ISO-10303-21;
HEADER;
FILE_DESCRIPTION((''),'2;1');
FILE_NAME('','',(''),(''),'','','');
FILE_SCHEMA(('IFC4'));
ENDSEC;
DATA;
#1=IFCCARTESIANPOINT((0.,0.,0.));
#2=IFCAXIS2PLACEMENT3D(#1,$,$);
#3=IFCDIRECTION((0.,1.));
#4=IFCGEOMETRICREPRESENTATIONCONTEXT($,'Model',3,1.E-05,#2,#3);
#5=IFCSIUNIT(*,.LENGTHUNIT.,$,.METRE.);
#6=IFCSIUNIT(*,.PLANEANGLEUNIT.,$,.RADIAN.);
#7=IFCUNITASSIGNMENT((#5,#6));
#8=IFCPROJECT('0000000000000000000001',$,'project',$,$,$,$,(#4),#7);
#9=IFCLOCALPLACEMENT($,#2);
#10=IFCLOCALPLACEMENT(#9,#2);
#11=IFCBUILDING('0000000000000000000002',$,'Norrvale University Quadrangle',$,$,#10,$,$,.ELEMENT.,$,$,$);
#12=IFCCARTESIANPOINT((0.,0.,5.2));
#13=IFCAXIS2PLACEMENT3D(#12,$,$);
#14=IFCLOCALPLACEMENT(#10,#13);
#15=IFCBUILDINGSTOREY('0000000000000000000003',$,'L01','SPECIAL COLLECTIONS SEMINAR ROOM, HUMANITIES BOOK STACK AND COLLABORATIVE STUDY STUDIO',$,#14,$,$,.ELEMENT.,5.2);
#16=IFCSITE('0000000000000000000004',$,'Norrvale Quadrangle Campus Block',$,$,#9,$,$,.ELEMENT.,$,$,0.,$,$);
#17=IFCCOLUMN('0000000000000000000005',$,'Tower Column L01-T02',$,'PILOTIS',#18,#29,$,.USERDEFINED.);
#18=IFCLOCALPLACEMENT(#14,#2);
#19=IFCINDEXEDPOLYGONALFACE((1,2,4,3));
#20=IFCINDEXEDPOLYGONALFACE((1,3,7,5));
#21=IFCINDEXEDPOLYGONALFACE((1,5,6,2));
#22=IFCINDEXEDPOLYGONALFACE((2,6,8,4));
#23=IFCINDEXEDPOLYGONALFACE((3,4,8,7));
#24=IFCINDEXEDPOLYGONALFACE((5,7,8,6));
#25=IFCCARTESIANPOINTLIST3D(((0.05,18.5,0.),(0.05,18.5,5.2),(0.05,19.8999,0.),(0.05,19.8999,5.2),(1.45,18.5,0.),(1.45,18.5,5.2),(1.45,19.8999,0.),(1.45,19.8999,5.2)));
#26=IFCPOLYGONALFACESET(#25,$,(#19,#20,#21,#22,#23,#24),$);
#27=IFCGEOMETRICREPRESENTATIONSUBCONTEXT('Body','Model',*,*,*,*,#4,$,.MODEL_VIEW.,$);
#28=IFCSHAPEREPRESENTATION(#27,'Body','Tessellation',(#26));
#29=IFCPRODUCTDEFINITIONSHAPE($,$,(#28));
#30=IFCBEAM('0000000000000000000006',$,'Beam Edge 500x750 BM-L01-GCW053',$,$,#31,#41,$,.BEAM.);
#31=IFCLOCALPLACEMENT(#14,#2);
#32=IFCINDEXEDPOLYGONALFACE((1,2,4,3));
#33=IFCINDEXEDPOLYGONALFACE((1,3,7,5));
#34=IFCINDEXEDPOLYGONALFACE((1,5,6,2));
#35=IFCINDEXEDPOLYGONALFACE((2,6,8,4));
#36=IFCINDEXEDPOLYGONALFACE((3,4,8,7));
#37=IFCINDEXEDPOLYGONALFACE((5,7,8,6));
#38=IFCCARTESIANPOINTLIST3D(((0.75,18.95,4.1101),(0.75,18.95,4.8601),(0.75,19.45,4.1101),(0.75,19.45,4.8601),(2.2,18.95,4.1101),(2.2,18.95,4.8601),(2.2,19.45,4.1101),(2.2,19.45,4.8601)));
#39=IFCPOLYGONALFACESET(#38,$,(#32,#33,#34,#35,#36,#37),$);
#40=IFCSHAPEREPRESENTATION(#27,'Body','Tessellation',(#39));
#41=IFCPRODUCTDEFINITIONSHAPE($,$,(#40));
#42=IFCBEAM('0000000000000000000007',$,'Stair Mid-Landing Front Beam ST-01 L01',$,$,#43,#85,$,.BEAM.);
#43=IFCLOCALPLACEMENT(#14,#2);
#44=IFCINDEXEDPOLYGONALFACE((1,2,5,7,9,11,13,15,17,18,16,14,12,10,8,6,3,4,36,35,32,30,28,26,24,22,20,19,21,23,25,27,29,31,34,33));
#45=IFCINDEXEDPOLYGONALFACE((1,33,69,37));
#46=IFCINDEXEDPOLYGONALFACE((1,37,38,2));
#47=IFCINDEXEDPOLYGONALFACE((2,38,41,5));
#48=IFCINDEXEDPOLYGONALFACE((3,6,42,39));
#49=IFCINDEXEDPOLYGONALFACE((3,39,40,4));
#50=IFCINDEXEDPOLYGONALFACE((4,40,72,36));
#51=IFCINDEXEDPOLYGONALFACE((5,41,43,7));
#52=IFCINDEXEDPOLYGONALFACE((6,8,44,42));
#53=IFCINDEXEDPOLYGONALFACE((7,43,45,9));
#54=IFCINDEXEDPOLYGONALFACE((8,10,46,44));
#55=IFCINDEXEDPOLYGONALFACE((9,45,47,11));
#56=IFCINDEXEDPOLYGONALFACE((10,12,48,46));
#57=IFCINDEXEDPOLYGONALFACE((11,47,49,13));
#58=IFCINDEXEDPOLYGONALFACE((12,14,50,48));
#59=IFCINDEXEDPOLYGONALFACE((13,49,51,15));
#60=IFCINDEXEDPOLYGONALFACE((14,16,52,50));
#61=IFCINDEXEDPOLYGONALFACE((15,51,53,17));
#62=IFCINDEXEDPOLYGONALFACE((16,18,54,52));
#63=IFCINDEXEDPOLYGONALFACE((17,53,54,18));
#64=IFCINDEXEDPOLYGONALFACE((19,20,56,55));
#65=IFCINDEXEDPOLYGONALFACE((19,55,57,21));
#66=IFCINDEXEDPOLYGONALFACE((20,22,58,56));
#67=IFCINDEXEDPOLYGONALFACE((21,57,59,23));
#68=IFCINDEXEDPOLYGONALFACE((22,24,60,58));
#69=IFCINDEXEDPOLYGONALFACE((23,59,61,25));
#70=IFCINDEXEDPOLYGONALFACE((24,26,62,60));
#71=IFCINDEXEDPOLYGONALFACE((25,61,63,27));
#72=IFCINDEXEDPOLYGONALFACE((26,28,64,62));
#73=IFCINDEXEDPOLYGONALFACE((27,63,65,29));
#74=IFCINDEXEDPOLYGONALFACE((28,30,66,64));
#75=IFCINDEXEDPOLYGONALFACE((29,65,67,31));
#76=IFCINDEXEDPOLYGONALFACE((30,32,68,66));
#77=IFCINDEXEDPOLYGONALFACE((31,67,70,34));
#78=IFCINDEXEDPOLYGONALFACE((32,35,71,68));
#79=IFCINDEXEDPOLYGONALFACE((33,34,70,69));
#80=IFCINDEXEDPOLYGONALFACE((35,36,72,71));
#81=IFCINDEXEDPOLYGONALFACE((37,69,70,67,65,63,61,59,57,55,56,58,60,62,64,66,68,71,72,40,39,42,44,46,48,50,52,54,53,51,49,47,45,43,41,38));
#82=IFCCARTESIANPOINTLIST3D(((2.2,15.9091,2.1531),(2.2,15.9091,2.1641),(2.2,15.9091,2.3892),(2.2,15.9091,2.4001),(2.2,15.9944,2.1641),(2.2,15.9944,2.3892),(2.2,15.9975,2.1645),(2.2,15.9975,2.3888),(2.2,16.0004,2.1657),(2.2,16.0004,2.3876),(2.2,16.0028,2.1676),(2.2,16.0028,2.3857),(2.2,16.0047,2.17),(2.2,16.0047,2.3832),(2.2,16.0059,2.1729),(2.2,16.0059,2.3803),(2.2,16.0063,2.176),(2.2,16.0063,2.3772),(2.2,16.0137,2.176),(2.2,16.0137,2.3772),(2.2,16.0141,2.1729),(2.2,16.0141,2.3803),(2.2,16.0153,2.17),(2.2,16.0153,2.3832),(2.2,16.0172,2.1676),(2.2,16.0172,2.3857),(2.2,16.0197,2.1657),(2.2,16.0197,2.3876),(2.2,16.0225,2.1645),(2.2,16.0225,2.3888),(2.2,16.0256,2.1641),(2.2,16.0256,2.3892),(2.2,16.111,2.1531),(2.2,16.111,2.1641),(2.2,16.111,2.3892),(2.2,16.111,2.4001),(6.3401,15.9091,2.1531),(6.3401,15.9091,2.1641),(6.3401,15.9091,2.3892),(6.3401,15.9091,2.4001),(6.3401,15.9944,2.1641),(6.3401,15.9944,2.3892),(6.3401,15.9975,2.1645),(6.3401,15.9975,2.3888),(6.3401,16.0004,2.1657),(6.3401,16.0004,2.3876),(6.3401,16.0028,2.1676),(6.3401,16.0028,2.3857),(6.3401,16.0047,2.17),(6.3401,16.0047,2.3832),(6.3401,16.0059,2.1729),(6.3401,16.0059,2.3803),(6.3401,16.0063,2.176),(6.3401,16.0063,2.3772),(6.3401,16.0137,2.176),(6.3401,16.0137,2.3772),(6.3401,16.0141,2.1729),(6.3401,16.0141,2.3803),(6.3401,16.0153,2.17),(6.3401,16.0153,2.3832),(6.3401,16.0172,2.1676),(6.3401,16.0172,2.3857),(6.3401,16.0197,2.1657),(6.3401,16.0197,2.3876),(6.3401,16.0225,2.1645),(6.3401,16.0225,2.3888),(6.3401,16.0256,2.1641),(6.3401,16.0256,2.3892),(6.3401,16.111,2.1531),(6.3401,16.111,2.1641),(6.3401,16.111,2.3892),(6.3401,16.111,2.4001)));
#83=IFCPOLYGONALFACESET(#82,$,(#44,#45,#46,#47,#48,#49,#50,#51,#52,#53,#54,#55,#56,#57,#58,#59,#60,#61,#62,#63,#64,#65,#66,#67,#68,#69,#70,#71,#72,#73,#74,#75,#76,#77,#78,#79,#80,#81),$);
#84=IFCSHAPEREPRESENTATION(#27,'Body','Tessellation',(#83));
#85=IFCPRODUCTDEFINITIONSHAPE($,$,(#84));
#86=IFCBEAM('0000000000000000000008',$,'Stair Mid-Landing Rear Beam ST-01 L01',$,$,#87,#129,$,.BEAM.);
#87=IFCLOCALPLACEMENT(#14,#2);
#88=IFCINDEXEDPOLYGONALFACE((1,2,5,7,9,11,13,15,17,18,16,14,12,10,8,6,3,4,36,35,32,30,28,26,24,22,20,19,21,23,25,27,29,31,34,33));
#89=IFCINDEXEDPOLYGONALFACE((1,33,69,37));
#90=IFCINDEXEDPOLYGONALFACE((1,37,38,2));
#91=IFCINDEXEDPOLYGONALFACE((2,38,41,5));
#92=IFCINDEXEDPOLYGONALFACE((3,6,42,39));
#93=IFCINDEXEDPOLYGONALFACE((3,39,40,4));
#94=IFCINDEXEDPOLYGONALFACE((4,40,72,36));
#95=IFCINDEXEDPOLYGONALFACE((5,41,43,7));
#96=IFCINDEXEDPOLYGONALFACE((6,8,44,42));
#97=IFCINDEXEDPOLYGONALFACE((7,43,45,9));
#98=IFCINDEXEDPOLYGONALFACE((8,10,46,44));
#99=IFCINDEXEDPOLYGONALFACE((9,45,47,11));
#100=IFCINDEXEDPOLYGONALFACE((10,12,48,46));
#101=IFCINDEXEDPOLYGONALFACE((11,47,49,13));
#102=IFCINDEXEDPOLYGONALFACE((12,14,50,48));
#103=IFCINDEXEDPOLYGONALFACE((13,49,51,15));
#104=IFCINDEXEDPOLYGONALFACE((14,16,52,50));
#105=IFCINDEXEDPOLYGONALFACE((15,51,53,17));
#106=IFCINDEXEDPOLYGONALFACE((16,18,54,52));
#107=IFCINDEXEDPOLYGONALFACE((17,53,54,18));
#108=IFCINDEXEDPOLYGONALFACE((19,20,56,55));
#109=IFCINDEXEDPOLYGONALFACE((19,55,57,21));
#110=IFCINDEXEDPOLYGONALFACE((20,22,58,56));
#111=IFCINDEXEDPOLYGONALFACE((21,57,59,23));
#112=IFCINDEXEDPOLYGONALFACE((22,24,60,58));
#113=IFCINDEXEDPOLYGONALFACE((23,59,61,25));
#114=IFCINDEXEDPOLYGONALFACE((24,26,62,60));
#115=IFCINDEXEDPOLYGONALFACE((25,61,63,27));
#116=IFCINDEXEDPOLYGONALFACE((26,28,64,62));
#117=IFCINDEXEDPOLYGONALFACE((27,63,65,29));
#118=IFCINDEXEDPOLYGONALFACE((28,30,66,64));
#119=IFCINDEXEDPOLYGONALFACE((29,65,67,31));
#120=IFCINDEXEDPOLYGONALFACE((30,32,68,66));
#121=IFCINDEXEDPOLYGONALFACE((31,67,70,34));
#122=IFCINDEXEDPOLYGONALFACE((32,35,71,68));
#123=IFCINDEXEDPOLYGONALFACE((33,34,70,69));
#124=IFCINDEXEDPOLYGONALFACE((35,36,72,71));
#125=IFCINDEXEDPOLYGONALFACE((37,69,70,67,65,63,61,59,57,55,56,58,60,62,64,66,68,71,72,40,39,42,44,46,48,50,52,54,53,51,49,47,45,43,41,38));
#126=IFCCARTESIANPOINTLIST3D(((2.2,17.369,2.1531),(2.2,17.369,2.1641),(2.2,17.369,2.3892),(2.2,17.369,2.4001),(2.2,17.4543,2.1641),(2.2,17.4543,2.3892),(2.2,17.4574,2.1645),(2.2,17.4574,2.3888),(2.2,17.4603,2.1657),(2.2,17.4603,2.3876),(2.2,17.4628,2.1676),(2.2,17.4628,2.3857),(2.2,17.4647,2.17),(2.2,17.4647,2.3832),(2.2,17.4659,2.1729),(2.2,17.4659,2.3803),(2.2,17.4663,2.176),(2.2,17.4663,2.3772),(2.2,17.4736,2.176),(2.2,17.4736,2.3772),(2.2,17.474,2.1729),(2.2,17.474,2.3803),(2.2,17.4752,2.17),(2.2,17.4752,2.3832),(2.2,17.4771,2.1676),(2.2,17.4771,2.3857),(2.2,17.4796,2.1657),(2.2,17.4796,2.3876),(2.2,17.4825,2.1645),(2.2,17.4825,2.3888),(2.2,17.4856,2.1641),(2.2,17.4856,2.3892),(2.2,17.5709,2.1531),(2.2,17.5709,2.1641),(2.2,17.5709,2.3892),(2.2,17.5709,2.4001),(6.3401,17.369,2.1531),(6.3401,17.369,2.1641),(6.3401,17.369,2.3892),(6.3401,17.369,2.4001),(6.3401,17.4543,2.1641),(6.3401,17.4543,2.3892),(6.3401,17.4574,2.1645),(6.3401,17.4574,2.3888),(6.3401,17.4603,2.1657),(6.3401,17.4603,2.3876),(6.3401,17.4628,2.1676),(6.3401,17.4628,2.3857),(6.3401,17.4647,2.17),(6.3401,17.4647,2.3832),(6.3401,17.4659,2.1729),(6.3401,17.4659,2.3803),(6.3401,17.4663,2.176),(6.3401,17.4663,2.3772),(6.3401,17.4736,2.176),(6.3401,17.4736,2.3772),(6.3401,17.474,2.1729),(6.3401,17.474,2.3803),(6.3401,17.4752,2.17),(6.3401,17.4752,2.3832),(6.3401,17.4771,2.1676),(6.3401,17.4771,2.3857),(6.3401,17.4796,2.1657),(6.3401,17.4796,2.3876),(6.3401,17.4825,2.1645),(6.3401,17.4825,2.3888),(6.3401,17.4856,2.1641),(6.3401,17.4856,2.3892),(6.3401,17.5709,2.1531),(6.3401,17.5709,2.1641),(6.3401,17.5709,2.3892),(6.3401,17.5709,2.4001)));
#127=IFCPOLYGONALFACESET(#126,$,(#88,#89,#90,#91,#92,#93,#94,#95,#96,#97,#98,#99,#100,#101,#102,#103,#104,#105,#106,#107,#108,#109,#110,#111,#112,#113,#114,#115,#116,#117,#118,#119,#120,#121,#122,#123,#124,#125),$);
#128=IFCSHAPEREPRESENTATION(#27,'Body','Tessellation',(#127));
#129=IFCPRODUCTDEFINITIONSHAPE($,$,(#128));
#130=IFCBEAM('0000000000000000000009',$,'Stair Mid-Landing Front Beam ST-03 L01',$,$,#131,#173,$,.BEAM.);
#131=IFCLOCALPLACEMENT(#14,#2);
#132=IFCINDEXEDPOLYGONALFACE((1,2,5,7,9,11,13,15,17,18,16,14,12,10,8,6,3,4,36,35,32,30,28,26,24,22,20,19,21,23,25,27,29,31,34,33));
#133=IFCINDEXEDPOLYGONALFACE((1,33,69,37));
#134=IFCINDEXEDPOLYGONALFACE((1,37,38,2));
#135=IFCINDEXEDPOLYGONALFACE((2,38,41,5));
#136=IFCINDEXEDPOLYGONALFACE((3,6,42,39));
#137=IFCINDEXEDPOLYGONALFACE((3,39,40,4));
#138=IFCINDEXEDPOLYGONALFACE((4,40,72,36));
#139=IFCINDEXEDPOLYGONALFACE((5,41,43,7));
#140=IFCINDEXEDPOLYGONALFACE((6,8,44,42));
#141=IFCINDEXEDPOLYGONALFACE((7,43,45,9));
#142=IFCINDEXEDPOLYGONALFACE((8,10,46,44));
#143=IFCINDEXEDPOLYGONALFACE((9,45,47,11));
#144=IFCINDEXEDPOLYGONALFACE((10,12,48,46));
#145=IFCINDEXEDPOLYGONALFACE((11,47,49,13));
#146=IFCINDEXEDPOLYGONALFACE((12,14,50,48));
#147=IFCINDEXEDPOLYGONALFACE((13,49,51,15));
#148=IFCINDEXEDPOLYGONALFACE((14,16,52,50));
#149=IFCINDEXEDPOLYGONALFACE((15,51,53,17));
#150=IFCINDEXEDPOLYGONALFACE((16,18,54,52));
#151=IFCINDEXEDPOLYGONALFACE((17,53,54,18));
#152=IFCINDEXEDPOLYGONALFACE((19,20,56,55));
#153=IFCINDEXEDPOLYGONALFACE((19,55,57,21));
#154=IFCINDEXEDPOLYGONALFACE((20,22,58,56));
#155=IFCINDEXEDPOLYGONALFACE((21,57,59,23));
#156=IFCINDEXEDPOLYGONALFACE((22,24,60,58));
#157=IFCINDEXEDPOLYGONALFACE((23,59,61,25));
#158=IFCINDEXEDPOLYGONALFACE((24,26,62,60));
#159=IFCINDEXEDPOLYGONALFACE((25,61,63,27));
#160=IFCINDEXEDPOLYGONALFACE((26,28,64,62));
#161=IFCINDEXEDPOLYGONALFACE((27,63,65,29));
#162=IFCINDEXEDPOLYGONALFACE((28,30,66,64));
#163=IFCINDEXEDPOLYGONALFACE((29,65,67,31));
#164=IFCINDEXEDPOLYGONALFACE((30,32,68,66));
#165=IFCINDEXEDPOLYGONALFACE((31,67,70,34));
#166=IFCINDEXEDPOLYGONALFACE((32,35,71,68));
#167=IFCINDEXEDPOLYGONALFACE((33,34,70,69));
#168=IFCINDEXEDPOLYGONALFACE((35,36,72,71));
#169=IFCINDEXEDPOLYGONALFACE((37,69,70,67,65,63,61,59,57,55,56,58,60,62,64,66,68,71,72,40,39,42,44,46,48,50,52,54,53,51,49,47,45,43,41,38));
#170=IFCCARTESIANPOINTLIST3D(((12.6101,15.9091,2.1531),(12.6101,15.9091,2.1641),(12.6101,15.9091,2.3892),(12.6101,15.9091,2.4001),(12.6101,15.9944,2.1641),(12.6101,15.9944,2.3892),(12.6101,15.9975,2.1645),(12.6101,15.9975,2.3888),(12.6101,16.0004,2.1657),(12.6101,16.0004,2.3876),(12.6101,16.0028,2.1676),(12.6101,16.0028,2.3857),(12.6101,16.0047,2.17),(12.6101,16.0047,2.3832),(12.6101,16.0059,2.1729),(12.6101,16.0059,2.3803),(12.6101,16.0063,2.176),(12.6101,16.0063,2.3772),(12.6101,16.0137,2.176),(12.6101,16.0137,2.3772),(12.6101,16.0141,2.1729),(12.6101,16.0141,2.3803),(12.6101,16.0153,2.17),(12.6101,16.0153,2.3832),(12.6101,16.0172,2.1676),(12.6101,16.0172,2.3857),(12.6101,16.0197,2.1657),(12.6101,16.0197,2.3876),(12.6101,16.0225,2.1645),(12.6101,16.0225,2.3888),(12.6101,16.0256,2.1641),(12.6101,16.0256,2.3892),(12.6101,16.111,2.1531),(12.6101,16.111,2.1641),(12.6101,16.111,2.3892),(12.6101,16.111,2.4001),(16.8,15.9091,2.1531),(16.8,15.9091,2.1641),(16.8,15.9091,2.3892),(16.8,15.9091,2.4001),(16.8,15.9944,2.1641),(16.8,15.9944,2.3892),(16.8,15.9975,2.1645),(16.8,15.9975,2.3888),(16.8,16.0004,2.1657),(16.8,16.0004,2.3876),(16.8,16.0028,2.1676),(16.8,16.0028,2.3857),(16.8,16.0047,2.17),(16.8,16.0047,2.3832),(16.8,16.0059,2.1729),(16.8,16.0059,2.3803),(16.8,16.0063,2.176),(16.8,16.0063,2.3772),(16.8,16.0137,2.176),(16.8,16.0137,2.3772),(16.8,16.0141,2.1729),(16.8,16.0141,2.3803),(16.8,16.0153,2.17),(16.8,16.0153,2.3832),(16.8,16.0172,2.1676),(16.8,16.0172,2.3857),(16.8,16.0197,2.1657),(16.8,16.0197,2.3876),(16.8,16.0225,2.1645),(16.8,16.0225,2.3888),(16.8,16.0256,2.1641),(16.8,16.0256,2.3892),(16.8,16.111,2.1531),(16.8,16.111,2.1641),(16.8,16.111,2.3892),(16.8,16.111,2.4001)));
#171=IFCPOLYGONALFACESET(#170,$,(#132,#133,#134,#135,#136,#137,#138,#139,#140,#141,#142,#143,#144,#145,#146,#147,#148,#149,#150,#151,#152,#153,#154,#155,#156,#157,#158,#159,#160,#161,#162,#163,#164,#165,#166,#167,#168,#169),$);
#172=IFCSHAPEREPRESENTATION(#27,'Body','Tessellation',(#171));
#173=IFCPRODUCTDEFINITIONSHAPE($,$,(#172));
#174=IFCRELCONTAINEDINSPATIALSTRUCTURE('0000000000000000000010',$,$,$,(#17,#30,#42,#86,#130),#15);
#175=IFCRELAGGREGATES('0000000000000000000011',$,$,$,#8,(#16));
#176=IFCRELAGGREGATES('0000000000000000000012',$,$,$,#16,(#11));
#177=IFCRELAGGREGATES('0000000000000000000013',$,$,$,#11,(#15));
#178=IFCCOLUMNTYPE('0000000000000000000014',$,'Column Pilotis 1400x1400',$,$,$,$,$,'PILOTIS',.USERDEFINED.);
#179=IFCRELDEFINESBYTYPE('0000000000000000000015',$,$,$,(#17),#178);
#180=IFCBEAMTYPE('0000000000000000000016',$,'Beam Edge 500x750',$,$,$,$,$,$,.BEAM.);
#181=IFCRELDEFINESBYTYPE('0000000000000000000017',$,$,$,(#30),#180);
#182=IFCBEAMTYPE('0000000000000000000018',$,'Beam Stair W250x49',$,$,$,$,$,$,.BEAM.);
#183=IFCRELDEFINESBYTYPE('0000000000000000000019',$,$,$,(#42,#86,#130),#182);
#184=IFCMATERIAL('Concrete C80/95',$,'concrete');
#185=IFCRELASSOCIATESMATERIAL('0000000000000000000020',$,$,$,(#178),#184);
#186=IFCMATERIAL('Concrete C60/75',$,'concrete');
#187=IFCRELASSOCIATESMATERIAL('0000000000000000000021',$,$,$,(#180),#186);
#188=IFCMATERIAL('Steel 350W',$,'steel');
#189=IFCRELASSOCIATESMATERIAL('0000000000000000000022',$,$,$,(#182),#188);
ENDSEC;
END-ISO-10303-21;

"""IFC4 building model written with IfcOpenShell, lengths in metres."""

from ifc_helpers import new_model, si_unit, direction, frame, origin, origin_2d, place, context, subcontext, project, spatial, rectangle, i_section, extrude, material, material_profile, profile_set, type_object, element, save


model = new_model("IFC4")

# Units and contexts
model_context = context("Model", 3, precision=1e-05, world=origin(), true_north=direction((0.0, 1.0)))
body_context = subcontext(model_context, "Body", "Model", "MODEL_VIEW")
ifc_project = project(units=[si_unit("LENGTHUNIT", "METRE"), si_unit("PLANEANGLEUNIT", "RADIAN")], contexts=[model_context])

# Site, building, storey
site_placement = place(None, origin())
site = spatial("IfcSite", under=ifc_project, at=site_placement, Name="Norrvale Quadrangle Campus Block", CompositionType="ELEMENT", RefElevation=0.0)
building_placement = place(site_placement, origin())
building = spatial("IfcBuilding", under=site, at=building_placement, Name="Norrvale University Quadrangle", CompositionType="ELEMENT")
storey_placement = place(building_placement, frame((0.0, 0.0, 5.2)))
storey = spatial("IfcBuildingStorey", under=building, at=storey_placement, Name="L01", Description="SPECIAL COLLECTIONS SEMINAR ROOM, HUMANITIES BOOK STACK AND COLLABORATIVE STUDY STUDIO", CompositionType="ELEMENT", Elevation=5.2)

# Column
ifc_material_1 = material(Name="Concrete C80/95", Category="concrete")
ifc_material_profile_1 = material_profile(ifc_material_1, rectangle(XDim=1.3999, YDim=1.3999, at=origin_2d()), Name="Concrete C80/95")
ifc_profile_set_1 = profile_set([ifc_material_profile_1], Name="Concrete C80/95")
column_type = type_object("IfcColumnType", Name="Column Pilotis 1400x1400", ElementType="PILOTIS", PredefinedType="USERDEFINED", material=ifc_profile_set_1)
column_placement = place(storey_placement, frame((0.75, 19.2, 0.0), z_axis=(0.0, 0.0, 1.0), x_axis=(1.0, 0.0, 0.0)))
element("IfcColumn", 1, at=column_placement, inside=storey, type_object=column_type, Name="Tower Column L01-T02", ObjectType="PILOTIS", PredefinedType="USERDEFINED", context=body_context, shape_type="SweptSolid", body=[
    extrude(rectangle(XDim=1.3999, YDim=1.3999, at=origin_2d()), origin(), (0.0, 0.0, 1.0), 5.2),
])

# Beams
ifc_material_2 = material(Name="Concrete C60/75", Category="concrete")
ifc_material_profile_2 = material_profile(ifc_material_2, rectangle(XDim=0.5, YDim=0.75, at=origin_2d()), Name="Concrete C60/75")
ifc_profile_set_2 = profile_set([ifc_material_profile_2], Name="Concrete C60/75")
beam_type_1 = type_object("IfcBeamType", Name="Beam Edge 500x750", PredefinedType="BEAM", material=ifc_profile_set_2)
beam_1_placement = place(storey_placement, frame((0.75, 19.2, 4.4851), z_axis=(1.0, 0.0, 0.0), x_axis=(0.0, 1.0, 0.0)))
element("IfcBeam", 2, at=beam_1_placement, inside=storey, type_object=beam_type_1, Name="Beam Edge 500x750 BM-L01-GCW053", PredefinedType="BEAM", context=body_context, shape_type="SweptSolid", body=[
    extrude(rectangle(XDim=0.5, YDim=0.75, at=origin_2d()), origin(), (0.0, 0.0, 1.0), 1.45),
])
ifc_material_3 = material(Name="Steel 350W", Category="steel")
ifc_material_profile_3 = material_profile(ifc_material_3, i_section(OverallWidth=0.2019, OverallDepth=0.2471, WebThickness=0.0073, FlangeThickness=0.011, FilletRadius=0.012, at=origin_2d()), Name="Steel 350W")
ifc_profile_set_3 = profile_set([ifc_material_profile_3], Name="Steel 350W")
beam_type_2 = type_object("IfcBeamType", Name="Beam Stair W250x49", PredefinedType="BEAM", material=ifc_profile_set_3)
for number, where, z_axis, x_axis, name in (
    (3, (2.2, 16.01, 2.2766), (1.0, 0.0, 0.0), (0.0, 1.0, 0.0), "Stair Mid-Landing Front Beam ST-01 L01"),
    (4, (2.2, 17.47, 2.2766), (1.0, 0.0, 0.0), (0.0, 1.0, 0.0), "Stair Mid-Landing Rear Beam ST-01 L01"),
):
    element("IfcBeam", number, at=place(storey_placement, frame(where, z_axis=z_axis, x_axis=x_axis)), inside=storey, type_object=beam_type_2, Name=name, PredefinedType="BEAM", context=body_context, shape_type="SweptSolid", body=[
        extrude(i_section(OverallWidth=0.2019, OverallDepth=0.2471, WebThickness=0.0073, FlangeThickness=0.011, FilletRadius=0.012, at=origin_2d()), origin(), (0.0, 0.0, 1.0), 4.1401),
    ])
for number, where, z_axis, x_axis, name in (
    (5, (12.6101, 16.01, 2.2766), (1.0, 0.0, 0.0), (0.0, 1.0, 0.0), "Stair Mid-Landing Front Beam ST-03 L01"),
):
    element("IfcBeam", number, at=place(storey_placement, frame(where, z_axis=z_axis, x_axis=x_axis)), inside=storey, type_object=beam_type_2, Name=name, PredefinedType="BEAM", context=body_context, shape_type="SweptSolid", body=[
        extrude(i_section(OverallWidth=0.2019, OverallDepth=0.2471, WebThickness=0.0073, FlangeThickness=0.011, FilletRadius=0.012, at=origin_2d()), origin(), (0.0, 0.0, 1.0), 4.1899),
    ])

save(model, "model.ifc")
